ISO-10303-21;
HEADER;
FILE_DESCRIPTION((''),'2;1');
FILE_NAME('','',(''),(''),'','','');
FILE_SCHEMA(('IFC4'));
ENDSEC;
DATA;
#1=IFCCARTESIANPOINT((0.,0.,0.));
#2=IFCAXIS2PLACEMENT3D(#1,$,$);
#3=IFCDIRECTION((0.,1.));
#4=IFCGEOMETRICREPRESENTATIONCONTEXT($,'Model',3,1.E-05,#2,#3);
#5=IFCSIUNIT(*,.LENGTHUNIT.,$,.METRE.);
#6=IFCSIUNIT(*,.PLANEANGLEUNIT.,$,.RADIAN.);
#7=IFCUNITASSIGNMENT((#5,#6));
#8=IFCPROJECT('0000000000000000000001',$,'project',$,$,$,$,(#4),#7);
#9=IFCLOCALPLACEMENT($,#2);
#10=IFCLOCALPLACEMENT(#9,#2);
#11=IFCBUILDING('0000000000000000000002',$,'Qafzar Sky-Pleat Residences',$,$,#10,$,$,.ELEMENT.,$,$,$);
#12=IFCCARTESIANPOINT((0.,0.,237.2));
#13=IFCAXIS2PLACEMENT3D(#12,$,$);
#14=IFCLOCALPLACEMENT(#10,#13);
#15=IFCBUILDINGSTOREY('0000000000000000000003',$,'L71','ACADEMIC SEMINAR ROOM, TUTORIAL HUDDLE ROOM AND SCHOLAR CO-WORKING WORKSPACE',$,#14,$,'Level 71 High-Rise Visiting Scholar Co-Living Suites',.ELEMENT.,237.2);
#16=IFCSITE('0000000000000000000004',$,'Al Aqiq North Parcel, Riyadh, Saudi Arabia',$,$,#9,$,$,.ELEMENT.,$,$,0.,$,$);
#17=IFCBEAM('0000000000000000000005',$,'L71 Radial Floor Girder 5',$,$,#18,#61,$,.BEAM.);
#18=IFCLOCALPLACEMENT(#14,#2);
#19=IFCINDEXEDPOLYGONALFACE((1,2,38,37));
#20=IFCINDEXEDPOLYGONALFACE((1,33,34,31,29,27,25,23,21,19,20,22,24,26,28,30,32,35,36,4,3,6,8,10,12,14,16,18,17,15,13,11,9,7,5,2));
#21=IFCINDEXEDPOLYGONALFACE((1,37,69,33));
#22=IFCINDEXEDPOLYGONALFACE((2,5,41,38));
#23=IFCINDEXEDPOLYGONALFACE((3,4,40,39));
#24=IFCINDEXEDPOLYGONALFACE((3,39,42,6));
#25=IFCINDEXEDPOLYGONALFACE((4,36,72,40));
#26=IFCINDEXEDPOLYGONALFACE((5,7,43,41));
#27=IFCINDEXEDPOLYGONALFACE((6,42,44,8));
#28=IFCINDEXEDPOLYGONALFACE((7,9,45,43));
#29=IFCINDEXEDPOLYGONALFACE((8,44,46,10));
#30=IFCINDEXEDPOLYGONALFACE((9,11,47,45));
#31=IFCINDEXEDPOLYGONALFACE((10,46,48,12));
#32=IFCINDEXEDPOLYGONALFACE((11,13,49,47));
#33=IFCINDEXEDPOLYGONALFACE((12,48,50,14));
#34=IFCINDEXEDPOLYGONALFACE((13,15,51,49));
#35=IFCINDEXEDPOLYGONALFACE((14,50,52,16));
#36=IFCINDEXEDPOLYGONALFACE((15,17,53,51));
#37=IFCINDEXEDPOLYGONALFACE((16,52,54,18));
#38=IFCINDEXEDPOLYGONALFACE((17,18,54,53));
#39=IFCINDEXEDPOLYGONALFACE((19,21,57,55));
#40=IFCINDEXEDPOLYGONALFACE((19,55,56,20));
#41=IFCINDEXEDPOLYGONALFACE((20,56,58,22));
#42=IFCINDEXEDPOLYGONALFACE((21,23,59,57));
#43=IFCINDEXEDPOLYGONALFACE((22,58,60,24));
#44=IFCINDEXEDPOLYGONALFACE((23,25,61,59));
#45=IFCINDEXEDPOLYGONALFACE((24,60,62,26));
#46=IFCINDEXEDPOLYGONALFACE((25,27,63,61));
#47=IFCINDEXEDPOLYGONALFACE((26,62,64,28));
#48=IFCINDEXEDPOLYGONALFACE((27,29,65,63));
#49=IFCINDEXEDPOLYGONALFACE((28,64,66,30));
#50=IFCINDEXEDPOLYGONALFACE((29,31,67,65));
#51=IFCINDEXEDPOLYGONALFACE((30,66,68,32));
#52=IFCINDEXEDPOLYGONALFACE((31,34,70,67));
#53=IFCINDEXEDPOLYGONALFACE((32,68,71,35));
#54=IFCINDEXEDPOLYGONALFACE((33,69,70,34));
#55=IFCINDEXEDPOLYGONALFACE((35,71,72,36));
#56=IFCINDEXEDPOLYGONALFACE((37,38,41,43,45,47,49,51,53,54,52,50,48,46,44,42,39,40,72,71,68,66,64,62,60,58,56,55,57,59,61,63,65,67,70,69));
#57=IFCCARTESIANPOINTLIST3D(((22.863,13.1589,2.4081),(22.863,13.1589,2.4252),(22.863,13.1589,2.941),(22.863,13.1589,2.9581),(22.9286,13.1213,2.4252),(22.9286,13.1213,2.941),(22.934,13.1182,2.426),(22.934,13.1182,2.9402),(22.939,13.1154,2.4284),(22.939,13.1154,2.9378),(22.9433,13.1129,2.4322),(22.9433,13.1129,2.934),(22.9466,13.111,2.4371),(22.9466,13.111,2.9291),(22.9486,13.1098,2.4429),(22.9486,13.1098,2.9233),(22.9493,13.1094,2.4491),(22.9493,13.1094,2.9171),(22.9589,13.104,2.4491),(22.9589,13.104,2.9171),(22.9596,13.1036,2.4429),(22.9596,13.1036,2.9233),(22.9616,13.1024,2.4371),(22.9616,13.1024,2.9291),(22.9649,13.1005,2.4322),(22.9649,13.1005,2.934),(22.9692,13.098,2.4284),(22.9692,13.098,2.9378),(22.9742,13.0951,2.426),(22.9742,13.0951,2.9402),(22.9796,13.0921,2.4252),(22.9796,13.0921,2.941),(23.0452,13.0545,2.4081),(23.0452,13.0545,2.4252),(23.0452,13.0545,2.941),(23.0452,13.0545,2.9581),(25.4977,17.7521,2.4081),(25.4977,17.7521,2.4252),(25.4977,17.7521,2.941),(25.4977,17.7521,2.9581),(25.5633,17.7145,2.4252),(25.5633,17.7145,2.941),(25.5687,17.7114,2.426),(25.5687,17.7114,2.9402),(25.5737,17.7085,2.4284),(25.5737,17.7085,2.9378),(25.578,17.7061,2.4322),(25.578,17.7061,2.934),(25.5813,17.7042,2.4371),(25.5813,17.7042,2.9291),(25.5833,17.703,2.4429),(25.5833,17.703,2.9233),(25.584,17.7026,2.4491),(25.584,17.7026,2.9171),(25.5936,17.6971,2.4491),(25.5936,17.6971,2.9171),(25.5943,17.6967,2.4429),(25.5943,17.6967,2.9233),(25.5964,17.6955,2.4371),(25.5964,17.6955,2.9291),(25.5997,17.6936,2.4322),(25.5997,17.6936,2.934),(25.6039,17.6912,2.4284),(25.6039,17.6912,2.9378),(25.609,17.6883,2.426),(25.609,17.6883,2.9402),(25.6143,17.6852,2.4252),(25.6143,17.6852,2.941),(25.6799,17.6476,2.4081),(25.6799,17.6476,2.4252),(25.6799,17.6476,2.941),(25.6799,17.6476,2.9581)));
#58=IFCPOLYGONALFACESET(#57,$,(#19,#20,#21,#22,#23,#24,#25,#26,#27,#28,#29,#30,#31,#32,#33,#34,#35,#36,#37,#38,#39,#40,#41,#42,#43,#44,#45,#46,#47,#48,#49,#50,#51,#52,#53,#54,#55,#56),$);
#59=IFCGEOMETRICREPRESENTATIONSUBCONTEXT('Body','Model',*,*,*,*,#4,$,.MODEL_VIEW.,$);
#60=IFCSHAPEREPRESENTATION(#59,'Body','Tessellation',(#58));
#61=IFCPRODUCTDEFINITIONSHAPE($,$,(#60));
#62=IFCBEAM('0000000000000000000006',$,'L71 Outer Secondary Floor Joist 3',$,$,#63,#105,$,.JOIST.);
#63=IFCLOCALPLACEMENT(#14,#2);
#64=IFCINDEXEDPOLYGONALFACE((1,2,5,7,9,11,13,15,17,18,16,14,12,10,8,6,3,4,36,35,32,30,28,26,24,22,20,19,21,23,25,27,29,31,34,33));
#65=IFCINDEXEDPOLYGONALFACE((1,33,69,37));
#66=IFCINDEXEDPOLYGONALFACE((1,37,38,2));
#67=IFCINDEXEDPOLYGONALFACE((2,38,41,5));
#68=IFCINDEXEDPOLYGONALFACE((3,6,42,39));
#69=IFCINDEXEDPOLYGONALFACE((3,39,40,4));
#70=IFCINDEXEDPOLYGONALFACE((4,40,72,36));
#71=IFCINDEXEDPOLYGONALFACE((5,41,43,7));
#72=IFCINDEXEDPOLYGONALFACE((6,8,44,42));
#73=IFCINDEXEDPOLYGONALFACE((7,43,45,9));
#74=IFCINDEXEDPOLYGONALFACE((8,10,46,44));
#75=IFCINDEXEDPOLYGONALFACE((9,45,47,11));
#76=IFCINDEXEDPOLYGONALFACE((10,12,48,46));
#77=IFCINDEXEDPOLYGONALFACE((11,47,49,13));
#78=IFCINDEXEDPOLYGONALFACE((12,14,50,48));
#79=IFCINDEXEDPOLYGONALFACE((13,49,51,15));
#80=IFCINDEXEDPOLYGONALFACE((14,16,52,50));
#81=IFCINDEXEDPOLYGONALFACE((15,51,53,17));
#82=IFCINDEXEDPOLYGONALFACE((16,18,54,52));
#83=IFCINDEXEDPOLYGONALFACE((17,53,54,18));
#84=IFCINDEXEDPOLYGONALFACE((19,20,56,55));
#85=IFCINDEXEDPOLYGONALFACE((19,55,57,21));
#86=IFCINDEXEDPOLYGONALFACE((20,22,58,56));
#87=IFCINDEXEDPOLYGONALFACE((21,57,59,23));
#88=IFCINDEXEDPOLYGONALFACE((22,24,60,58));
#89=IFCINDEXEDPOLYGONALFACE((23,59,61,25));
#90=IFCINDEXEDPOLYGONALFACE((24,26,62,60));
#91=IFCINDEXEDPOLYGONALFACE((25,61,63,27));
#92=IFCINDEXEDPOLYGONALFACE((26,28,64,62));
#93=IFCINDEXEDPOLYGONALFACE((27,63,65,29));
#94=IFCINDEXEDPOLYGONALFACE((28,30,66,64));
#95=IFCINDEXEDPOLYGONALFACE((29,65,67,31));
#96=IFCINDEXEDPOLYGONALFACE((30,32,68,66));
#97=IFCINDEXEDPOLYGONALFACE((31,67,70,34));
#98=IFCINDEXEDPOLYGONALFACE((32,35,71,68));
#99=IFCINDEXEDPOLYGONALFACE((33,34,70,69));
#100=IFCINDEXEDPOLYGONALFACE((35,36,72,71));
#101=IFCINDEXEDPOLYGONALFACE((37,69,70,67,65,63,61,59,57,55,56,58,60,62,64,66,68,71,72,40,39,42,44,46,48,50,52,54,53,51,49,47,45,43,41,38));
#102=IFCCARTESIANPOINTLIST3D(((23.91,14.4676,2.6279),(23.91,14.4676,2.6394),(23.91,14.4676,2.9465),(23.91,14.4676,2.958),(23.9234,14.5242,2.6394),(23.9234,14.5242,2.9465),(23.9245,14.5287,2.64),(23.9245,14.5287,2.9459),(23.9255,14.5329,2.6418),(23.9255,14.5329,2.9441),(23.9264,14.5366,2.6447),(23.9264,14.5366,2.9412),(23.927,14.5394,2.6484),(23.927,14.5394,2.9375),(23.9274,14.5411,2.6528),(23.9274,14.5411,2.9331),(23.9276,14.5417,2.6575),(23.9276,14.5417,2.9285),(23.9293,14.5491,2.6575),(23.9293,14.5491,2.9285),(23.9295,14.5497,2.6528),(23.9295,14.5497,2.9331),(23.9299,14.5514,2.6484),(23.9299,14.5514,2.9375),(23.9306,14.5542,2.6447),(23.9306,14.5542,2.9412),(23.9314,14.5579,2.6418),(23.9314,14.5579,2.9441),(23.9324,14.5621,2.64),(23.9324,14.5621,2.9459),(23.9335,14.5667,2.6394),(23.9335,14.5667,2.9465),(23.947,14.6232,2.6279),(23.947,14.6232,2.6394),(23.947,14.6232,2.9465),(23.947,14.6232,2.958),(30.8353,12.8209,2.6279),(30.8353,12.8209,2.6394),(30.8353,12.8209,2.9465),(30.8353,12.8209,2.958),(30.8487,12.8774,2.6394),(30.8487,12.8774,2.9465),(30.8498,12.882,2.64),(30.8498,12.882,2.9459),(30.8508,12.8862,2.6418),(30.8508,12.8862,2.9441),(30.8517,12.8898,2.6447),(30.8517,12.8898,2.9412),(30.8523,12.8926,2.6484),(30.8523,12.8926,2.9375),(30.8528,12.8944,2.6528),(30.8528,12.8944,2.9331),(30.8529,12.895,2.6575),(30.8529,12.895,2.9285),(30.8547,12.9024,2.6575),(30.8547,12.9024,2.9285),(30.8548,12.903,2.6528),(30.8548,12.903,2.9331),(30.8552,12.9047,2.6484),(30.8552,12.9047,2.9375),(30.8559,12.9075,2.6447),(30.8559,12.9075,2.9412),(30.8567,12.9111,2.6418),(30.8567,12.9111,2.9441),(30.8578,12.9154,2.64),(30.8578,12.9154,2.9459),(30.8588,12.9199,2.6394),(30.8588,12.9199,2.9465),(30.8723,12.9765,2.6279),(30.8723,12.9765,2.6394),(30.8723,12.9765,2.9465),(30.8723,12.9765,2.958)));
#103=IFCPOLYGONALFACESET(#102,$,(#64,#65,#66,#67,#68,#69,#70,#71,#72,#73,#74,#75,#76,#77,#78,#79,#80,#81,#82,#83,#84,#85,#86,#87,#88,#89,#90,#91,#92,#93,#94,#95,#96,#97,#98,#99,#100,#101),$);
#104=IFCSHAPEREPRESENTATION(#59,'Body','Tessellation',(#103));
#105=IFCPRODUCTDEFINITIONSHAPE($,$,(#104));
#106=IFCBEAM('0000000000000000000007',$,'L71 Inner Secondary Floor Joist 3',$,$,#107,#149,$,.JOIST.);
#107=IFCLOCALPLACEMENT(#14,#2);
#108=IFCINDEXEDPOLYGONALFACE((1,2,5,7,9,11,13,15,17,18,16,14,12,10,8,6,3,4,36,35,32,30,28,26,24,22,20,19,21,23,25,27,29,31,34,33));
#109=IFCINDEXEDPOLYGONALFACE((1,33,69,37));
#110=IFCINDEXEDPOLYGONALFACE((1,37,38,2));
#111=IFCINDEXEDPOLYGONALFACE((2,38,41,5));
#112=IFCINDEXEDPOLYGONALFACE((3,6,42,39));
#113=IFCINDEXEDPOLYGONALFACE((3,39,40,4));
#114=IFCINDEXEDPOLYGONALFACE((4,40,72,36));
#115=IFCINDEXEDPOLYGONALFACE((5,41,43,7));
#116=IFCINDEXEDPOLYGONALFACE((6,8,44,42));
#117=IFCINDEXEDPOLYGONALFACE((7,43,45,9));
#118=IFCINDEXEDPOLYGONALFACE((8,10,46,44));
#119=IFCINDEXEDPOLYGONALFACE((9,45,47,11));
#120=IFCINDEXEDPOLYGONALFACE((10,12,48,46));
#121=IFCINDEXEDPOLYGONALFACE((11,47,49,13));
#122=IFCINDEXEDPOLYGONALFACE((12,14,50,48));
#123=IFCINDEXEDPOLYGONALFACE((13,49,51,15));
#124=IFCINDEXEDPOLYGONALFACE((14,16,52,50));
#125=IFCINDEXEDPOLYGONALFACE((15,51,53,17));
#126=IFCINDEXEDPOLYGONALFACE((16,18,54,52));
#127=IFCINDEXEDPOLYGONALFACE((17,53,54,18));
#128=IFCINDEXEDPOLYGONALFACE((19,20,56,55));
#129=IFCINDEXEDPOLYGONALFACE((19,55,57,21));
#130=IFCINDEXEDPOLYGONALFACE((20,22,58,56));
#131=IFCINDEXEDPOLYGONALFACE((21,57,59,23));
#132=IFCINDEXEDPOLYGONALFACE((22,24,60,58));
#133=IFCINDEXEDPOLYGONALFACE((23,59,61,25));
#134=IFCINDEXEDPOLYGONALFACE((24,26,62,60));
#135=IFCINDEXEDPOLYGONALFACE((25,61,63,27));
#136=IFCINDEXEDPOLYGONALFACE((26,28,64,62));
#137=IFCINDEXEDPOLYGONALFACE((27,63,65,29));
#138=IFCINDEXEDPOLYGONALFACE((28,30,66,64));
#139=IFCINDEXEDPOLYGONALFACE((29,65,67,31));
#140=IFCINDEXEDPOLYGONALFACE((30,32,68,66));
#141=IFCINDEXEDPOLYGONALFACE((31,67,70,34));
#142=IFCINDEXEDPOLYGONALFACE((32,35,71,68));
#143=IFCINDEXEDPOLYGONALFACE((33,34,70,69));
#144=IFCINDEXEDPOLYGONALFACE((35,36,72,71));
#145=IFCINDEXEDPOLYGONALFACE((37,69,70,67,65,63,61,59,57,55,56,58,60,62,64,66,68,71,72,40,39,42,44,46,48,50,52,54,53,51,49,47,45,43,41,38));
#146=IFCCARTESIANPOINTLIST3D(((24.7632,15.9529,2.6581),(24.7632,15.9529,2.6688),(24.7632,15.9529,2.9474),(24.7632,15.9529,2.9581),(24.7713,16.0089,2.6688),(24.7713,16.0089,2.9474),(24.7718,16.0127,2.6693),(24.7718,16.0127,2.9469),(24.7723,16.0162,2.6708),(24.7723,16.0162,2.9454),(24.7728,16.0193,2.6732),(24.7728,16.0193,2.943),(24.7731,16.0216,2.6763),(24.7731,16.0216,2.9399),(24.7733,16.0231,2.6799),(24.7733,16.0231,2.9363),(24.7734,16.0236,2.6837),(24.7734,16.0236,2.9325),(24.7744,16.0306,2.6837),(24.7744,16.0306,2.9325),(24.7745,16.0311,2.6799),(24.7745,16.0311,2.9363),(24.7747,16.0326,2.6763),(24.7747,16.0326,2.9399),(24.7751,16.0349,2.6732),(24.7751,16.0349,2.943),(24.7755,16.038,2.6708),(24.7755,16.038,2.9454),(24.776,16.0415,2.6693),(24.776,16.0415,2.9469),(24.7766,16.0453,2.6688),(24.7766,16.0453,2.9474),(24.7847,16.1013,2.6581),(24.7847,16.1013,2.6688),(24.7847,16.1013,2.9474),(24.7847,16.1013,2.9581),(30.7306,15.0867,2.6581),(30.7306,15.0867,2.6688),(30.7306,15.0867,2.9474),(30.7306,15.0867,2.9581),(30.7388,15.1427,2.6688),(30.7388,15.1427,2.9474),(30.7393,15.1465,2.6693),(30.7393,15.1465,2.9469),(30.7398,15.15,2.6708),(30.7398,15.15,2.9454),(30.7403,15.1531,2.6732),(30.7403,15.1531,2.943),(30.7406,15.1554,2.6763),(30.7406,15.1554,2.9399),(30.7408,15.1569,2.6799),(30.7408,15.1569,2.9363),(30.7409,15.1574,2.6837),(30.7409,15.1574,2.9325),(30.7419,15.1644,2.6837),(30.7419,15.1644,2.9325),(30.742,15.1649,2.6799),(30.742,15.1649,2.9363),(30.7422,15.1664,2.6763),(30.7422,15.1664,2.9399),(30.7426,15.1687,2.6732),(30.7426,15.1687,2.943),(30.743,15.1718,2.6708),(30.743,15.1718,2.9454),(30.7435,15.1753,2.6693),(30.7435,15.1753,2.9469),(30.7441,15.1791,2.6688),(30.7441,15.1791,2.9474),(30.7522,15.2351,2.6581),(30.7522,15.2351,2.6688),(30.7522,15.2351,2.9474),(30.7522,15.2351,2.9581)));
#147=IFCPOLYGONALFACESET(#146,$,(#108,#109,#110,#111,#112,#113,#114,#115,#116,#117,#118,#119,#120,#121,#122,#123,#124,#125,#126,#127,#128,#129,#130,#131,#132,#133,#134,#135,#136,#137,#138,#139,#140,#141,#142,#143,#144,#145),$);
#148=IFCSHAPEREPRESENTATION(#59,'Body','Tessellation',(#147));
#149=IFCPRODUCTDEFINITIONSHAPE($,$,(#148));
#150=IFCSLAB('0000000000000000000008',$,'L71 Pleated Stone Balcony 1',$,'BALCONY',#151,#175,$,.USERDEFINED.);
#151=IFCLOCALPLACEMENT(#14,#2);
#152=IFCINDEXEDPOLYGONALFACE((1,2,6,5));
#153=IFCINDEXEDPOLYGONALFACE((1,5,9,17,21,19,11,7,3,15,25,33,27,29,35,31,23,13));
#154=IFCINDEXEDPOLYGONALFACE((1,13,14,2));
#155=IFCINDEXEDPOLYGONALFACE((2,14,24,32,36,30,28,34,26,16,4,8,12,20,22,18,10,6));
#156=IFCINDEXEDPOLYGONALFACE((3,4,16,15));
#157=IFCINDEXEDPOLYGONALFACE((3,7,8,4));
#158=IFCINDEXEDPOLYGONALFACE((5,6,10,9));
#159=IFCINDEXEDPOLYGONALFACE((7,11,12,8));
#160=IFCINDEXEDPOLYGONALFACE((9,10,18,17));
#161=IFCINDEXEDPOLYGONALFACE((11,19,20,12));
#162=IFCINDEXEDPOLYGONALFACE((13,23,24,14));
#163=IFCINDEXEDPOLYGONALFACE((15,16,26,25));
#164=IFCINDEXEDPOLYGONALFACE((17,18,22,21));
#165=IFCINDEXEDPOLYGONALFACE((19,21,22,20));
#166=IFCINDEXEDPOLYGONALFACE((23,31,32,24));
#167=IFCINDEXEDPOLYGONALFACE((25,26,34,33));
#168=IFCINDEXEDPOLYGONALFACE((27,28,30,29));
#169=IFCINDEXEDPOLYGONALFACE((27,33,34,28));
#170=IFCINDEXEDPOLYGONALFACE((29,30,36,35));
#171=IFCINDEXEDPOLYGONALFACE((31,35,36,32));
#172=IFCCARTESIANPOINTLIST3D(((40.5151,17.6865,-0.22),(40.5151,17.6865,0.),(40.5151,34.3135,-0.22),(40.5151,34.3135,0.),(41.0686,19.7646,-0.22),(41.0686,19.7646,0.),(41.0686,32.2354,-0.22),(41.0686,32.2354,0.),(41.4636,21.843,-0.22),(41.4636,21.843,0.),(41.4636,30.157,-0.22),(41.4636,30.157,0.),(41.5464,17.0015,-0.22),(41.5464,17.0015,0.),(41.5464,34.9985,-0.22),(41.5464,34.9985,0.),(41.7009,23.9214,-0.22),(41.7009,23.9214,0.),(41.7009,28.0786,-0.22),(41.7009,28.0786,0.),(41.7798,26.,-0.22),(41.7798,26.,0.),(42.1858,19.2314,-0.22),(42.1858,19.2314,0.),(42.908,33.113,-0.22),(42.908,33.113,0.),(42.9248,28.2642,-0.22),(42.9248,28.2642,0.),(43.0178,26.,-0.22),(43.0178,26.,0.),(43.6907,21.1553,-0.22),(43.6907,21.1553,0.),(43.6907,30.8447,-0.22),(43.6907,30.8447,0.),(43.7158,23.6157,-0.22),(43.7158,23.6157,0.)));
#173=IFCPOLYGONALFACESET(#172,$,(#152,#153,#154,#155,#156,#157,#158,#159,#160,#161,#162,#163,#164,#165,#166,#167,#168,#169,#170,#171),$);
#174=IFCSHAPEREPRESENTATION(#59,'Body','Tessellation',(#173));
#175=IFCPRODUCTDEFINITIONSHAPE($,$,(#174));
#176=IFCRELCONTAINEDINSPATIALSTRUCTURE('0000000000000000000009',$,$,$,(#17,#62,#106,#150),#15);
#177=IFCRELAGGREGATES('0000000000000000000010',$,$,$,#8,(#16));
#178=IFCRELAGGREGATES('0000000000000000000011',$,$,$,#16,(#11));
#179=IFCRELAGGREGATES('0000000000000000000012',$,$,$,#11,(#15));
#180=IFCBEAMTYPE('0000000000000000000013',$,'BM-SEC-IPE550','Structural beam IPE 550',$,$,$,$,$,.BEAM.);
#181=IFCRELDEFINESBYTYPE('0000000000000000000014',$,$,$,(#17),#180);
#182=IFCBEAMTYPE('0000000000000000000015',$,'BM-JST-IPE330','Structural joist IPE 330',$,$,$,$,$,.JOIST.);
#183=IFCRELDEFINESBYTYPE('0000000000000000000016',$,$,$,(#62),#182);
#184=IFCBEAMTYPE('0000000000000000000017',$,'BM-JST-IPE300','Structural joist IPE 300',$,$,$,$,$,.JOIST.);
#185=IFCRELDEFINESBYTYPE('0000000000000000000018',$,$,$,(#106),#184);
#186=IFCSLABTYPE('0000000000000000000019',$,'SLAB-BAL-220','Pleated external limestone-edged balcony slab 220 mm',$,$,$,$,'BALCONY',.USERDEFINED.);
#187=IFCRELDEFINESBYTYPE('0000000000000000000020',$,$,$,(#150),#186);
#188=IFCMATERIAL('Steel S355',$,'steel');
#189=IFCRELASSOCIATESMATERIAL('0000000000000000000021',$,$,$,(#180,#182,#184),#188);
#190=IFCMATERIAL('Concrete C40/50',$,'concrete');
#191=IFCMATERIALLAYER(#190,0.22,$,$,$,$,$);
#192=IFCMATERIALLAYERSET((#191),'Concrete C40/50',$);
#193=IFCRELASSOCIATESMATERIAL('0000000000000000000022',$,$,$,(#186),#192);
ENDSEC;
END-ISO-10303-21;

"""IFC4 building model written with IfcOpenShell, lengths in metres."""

from ifc_helpers import new_model, si_unit, direction, frame, origin, origin_2d, place, context, subcontext, project, spatial, polyline, i_section, outline, extrude, source, transform, mapped, material, layer, layer_set, material_profile, profile_set, type_object, element, save


model = new_model("IFC4")

# Units and contexts
model_context = context("Model", 3, precision=1e-05, world=origin(), true_north=direction((0.0, 1.0)))
body_context = subcontext(model_context, "Body", "Model", "MODEL_VIEW")
ifc_project = project(units=[si_unit("LENGTHUNIT", "METRE"), si_unit("PLANEANGLEUNIT", "RADIAN")], contexts=[model_context])

# Site, building, storey
site_placement = place(None, origin())
site = spatial("IfcSite", under=ifc_project, at=site_placement, Name="Al Aqiq North Parcel, Riyadh, Saudi Arabia", CompositionType="ELEMENT", RefElevation=0.0)
building_placement = place(site_placement, origin())
building = spatial("IfcBuilding", under=site, at=building_placement, Name="Qafzar Sky-Pleat Residences", CompositionType="ELEMENT")
storey_placement = place(building_placement, frame((0.0, 0.0, 237.2)))
storey = spatial("IfcBuildingStorey", under=building, at=storey_placement, Name="L71", Description="ACADEMIC SEMINAR ROOM, TUTORIAL HUDDLE ROOM AND SCHOLAR CO-WORKING WORKSPACE", LongName="Level 71 High-Rise Visiting Scholar Co-Living Suites", CompositionType="ELEMENT", Elevation=237.2)

# Shared definitions
ifc_material_1 = material(Name="Steel S355", Category="steel")

# Beams
ifc_material_profile_1 = material_profile(ifc_material_1, i_section(OverallWidth=0.21, OverallDepth=0.55, WebThickness=0.011, FlangeThickness=0.0171, FilletRadius=0.0239, at=origin_2d()), Name="IPE 550")
ifc_profile_set_1 = profile_set([ifc_material_profile_1], Name="Steel S355")
beam_type_1 = type_object("IfcBeamType", Name="BM-SEC-IPE550", Description="Structural beam IPE 550", PredefinedType="BEAM", material=ifc_profile_set_1)
shared_shape_1 = source(origin(), body_context, "Body", "SweptSolid", [
    extrude(i_section(OverallWidth=0.21, OverallDepth=0.55, WebThickness=0.011, FlangeThickness=0.0171, FilletRadius=0.0239, at=origin_2d()), origin(), (0.0, 0.0, 1.0), 5.2952),
])
beam_1_placement = place(storey_placement, frame((22.9541, 13.1067, 2.6831), z_axis=(0.497568, 0.867425, 0.0), x_axis=(-0.867425, 0.497568, 0.0)))
element("IfcBeam", 1, at=beam_1_placement, inside=storey, type_object=beam_type_1, Name="L71 Radial Floor Girder 5", PredefinedType="BEAM", context=body_context, shape_type="MappedRepresentation", body=[
    mapped(shared_shape_1, transform((0.0, 0.0, 0.0), x_axis=(1.0, 0.0, 0.0), y_axis=(0.0, 1.0, 0.0), z_axis=(0.0, 0.0, 1.0), scale=1.0)),
])
ifc_material_profile_2 = material_profile(ifc_material_1, i_section(OverallWidth=0.1599, OverallDepth=0.3301, WebThickness=0.0076, FlangeThickness=0.0115, FilletRadius=0.0181, at=origin_2d()), Name="IPE 330")
ifc_profile_set_2 = profile_set([ifc_material_profile_2], Name="Steel S355")
beam_type_2 = type_object("IfcBeamType", Name="BM-JST-IPE330", Description="Structural joist IPE 330", PredefinedType="JOIST", material=ifc_profile_set_2)
shared_shape_2 = source(origin(), body_context, "Body", "SweptSolid", [
    extrude(i_section(OverallWidth=0.1599, OverallDepth=0.3301, WebThickness=0.0076, FlangeThickness=0.0115, FilletRadius=0.0181, at=origin_2d()), origin(), (0.0, 0.0, 1.0), 7.1184),
])
beam_2_placement = place(storey_placement, frame((23.9285, 14.5454, 2.793), z_axis=(0.972874, -0.231335, 0.0), x_axis=(0.231335, 0.972874, 0.0)))
element("IfcBeam", 2, at=beam_2_placement, inside=storey, type_object=beam_type_2, Name="L71 Outer Secondary Floor Joist 3", PredefinedType="JOIST", context=body_context, shape_type="MappedRepresentation", body=[
    mapped(shared_shape_2, transform((0.0, 0.0, 0.0), x_axis=(1.0, 0.0, 0.0), y_axis=(0.0, 1.0, 0.0), z_axis=(0.0, 0.0, 1.0), scale=1.0)),
])
ifc_material_profile_3 = material_profile(ifc_material_1, i_section(OverallWidth=0.1499, OverallDepth=0.3, WebThickness=0.0071, FlangeThickness=0.0107, FilletRadius=0.0149, at=origin_2d()), Name="IPE 300")
ifc_profile_set_3 = profile_set([ifc_material_profile_3], Name="Steel S355")
beam_type_3 = type_object("IfcBeamType", Name="BM-JST-IPE300", Description="Structural joist IPE 300", PredefinedType="JOIST", material=ifc_profile_set_3)
shared_shape_3 = source(origin(), body_context, "Body", "SweptSolid", [
    extrude(i_section(OverallWidth=0.1499, OverallDepth=0.3, WebThickness=0.0071, FlangeThickness=0.0107, FilletRadius=0.0149, at=origin_2d()), origin(), (0.0, 0.0, 1.0), 6.03),
])
beam_3_placement = place(storey_placement, frame((24.7739, 16.0271, 2.8081), z_axis=(0.989629, -0.143649, 0.0), x_axis=(0.143649, 0.989629, 0.0)))
element("IfcBeam", 3, at=beam_3_placement, inside=storey, type_object=beam_type_3, Name="L71 Inner Secondary Floor Joist 3", PredefinedType="JOIST", context=body_context, shape_type="MappedRepresentation", body=[
    mapped(shared_shape_3, transform((0.0, 0.0, 0.0), x_axis=(1.0, 0.0, 0.0), y_axis=(0.0, 1.0, 0.0), z_axis=(0.0, 0.0, 1.0), scale=1.0)),
])

# Slab
ifc_material_2 = material(Name="Concrete C40/50", Category="concrete")
ifc_layer_1 = layer(ifc_material_2, 0.22)
ifc_layer_set_1 = layer_set([ifc_layer_1], Name="Concrete C40/50")
slab_type_1 = type_object("IfcSlabType", Name="SLAB-BAL-220", Description="Pleated external limestone-edged balcony slab 220 mm", ElementType="BALCONY", PredefinedType="USERDEFINED", material=ifc_layer_set_1)
slab_1_placement = place(storey_placement, frame((0.0, 0.0, -0.22)))
element("IfcSlab", 4, at=slab_1_placement, inside=storey, type_object=slab_type_1, Name="L71 Pleated Stone Balcony 1", ObjectType="BALCONY", PredefinedType="USERDEFINED", context=body_context, shape_type="SweptSolid", body=[
    extrude(outline(polyline([(41.0686, 19.7646), (41.4636, 21.843), (41.7009, 23.9214), (41.7798, 26.0), (41.7009, 28.0786), (41.4636, 30.157), (41.0686, 32.2354), (40.5151, 34.3135), (41.5464, 34.9985), (42.908, 33.113), (43.6907, 30.8447), (42.9248, 28.2642), (43.0178, 26.0), (43.7158, 23.6157), (43.6907, 21.1553), (42.1858, 19.2314), (41.5464, 17.0015), (40.5151, 17.6865), (41.0686, 19.7646)])), origin(), (0.0, 0.0, 1.0), 0.22),
])

save(model, "model.ifc")
